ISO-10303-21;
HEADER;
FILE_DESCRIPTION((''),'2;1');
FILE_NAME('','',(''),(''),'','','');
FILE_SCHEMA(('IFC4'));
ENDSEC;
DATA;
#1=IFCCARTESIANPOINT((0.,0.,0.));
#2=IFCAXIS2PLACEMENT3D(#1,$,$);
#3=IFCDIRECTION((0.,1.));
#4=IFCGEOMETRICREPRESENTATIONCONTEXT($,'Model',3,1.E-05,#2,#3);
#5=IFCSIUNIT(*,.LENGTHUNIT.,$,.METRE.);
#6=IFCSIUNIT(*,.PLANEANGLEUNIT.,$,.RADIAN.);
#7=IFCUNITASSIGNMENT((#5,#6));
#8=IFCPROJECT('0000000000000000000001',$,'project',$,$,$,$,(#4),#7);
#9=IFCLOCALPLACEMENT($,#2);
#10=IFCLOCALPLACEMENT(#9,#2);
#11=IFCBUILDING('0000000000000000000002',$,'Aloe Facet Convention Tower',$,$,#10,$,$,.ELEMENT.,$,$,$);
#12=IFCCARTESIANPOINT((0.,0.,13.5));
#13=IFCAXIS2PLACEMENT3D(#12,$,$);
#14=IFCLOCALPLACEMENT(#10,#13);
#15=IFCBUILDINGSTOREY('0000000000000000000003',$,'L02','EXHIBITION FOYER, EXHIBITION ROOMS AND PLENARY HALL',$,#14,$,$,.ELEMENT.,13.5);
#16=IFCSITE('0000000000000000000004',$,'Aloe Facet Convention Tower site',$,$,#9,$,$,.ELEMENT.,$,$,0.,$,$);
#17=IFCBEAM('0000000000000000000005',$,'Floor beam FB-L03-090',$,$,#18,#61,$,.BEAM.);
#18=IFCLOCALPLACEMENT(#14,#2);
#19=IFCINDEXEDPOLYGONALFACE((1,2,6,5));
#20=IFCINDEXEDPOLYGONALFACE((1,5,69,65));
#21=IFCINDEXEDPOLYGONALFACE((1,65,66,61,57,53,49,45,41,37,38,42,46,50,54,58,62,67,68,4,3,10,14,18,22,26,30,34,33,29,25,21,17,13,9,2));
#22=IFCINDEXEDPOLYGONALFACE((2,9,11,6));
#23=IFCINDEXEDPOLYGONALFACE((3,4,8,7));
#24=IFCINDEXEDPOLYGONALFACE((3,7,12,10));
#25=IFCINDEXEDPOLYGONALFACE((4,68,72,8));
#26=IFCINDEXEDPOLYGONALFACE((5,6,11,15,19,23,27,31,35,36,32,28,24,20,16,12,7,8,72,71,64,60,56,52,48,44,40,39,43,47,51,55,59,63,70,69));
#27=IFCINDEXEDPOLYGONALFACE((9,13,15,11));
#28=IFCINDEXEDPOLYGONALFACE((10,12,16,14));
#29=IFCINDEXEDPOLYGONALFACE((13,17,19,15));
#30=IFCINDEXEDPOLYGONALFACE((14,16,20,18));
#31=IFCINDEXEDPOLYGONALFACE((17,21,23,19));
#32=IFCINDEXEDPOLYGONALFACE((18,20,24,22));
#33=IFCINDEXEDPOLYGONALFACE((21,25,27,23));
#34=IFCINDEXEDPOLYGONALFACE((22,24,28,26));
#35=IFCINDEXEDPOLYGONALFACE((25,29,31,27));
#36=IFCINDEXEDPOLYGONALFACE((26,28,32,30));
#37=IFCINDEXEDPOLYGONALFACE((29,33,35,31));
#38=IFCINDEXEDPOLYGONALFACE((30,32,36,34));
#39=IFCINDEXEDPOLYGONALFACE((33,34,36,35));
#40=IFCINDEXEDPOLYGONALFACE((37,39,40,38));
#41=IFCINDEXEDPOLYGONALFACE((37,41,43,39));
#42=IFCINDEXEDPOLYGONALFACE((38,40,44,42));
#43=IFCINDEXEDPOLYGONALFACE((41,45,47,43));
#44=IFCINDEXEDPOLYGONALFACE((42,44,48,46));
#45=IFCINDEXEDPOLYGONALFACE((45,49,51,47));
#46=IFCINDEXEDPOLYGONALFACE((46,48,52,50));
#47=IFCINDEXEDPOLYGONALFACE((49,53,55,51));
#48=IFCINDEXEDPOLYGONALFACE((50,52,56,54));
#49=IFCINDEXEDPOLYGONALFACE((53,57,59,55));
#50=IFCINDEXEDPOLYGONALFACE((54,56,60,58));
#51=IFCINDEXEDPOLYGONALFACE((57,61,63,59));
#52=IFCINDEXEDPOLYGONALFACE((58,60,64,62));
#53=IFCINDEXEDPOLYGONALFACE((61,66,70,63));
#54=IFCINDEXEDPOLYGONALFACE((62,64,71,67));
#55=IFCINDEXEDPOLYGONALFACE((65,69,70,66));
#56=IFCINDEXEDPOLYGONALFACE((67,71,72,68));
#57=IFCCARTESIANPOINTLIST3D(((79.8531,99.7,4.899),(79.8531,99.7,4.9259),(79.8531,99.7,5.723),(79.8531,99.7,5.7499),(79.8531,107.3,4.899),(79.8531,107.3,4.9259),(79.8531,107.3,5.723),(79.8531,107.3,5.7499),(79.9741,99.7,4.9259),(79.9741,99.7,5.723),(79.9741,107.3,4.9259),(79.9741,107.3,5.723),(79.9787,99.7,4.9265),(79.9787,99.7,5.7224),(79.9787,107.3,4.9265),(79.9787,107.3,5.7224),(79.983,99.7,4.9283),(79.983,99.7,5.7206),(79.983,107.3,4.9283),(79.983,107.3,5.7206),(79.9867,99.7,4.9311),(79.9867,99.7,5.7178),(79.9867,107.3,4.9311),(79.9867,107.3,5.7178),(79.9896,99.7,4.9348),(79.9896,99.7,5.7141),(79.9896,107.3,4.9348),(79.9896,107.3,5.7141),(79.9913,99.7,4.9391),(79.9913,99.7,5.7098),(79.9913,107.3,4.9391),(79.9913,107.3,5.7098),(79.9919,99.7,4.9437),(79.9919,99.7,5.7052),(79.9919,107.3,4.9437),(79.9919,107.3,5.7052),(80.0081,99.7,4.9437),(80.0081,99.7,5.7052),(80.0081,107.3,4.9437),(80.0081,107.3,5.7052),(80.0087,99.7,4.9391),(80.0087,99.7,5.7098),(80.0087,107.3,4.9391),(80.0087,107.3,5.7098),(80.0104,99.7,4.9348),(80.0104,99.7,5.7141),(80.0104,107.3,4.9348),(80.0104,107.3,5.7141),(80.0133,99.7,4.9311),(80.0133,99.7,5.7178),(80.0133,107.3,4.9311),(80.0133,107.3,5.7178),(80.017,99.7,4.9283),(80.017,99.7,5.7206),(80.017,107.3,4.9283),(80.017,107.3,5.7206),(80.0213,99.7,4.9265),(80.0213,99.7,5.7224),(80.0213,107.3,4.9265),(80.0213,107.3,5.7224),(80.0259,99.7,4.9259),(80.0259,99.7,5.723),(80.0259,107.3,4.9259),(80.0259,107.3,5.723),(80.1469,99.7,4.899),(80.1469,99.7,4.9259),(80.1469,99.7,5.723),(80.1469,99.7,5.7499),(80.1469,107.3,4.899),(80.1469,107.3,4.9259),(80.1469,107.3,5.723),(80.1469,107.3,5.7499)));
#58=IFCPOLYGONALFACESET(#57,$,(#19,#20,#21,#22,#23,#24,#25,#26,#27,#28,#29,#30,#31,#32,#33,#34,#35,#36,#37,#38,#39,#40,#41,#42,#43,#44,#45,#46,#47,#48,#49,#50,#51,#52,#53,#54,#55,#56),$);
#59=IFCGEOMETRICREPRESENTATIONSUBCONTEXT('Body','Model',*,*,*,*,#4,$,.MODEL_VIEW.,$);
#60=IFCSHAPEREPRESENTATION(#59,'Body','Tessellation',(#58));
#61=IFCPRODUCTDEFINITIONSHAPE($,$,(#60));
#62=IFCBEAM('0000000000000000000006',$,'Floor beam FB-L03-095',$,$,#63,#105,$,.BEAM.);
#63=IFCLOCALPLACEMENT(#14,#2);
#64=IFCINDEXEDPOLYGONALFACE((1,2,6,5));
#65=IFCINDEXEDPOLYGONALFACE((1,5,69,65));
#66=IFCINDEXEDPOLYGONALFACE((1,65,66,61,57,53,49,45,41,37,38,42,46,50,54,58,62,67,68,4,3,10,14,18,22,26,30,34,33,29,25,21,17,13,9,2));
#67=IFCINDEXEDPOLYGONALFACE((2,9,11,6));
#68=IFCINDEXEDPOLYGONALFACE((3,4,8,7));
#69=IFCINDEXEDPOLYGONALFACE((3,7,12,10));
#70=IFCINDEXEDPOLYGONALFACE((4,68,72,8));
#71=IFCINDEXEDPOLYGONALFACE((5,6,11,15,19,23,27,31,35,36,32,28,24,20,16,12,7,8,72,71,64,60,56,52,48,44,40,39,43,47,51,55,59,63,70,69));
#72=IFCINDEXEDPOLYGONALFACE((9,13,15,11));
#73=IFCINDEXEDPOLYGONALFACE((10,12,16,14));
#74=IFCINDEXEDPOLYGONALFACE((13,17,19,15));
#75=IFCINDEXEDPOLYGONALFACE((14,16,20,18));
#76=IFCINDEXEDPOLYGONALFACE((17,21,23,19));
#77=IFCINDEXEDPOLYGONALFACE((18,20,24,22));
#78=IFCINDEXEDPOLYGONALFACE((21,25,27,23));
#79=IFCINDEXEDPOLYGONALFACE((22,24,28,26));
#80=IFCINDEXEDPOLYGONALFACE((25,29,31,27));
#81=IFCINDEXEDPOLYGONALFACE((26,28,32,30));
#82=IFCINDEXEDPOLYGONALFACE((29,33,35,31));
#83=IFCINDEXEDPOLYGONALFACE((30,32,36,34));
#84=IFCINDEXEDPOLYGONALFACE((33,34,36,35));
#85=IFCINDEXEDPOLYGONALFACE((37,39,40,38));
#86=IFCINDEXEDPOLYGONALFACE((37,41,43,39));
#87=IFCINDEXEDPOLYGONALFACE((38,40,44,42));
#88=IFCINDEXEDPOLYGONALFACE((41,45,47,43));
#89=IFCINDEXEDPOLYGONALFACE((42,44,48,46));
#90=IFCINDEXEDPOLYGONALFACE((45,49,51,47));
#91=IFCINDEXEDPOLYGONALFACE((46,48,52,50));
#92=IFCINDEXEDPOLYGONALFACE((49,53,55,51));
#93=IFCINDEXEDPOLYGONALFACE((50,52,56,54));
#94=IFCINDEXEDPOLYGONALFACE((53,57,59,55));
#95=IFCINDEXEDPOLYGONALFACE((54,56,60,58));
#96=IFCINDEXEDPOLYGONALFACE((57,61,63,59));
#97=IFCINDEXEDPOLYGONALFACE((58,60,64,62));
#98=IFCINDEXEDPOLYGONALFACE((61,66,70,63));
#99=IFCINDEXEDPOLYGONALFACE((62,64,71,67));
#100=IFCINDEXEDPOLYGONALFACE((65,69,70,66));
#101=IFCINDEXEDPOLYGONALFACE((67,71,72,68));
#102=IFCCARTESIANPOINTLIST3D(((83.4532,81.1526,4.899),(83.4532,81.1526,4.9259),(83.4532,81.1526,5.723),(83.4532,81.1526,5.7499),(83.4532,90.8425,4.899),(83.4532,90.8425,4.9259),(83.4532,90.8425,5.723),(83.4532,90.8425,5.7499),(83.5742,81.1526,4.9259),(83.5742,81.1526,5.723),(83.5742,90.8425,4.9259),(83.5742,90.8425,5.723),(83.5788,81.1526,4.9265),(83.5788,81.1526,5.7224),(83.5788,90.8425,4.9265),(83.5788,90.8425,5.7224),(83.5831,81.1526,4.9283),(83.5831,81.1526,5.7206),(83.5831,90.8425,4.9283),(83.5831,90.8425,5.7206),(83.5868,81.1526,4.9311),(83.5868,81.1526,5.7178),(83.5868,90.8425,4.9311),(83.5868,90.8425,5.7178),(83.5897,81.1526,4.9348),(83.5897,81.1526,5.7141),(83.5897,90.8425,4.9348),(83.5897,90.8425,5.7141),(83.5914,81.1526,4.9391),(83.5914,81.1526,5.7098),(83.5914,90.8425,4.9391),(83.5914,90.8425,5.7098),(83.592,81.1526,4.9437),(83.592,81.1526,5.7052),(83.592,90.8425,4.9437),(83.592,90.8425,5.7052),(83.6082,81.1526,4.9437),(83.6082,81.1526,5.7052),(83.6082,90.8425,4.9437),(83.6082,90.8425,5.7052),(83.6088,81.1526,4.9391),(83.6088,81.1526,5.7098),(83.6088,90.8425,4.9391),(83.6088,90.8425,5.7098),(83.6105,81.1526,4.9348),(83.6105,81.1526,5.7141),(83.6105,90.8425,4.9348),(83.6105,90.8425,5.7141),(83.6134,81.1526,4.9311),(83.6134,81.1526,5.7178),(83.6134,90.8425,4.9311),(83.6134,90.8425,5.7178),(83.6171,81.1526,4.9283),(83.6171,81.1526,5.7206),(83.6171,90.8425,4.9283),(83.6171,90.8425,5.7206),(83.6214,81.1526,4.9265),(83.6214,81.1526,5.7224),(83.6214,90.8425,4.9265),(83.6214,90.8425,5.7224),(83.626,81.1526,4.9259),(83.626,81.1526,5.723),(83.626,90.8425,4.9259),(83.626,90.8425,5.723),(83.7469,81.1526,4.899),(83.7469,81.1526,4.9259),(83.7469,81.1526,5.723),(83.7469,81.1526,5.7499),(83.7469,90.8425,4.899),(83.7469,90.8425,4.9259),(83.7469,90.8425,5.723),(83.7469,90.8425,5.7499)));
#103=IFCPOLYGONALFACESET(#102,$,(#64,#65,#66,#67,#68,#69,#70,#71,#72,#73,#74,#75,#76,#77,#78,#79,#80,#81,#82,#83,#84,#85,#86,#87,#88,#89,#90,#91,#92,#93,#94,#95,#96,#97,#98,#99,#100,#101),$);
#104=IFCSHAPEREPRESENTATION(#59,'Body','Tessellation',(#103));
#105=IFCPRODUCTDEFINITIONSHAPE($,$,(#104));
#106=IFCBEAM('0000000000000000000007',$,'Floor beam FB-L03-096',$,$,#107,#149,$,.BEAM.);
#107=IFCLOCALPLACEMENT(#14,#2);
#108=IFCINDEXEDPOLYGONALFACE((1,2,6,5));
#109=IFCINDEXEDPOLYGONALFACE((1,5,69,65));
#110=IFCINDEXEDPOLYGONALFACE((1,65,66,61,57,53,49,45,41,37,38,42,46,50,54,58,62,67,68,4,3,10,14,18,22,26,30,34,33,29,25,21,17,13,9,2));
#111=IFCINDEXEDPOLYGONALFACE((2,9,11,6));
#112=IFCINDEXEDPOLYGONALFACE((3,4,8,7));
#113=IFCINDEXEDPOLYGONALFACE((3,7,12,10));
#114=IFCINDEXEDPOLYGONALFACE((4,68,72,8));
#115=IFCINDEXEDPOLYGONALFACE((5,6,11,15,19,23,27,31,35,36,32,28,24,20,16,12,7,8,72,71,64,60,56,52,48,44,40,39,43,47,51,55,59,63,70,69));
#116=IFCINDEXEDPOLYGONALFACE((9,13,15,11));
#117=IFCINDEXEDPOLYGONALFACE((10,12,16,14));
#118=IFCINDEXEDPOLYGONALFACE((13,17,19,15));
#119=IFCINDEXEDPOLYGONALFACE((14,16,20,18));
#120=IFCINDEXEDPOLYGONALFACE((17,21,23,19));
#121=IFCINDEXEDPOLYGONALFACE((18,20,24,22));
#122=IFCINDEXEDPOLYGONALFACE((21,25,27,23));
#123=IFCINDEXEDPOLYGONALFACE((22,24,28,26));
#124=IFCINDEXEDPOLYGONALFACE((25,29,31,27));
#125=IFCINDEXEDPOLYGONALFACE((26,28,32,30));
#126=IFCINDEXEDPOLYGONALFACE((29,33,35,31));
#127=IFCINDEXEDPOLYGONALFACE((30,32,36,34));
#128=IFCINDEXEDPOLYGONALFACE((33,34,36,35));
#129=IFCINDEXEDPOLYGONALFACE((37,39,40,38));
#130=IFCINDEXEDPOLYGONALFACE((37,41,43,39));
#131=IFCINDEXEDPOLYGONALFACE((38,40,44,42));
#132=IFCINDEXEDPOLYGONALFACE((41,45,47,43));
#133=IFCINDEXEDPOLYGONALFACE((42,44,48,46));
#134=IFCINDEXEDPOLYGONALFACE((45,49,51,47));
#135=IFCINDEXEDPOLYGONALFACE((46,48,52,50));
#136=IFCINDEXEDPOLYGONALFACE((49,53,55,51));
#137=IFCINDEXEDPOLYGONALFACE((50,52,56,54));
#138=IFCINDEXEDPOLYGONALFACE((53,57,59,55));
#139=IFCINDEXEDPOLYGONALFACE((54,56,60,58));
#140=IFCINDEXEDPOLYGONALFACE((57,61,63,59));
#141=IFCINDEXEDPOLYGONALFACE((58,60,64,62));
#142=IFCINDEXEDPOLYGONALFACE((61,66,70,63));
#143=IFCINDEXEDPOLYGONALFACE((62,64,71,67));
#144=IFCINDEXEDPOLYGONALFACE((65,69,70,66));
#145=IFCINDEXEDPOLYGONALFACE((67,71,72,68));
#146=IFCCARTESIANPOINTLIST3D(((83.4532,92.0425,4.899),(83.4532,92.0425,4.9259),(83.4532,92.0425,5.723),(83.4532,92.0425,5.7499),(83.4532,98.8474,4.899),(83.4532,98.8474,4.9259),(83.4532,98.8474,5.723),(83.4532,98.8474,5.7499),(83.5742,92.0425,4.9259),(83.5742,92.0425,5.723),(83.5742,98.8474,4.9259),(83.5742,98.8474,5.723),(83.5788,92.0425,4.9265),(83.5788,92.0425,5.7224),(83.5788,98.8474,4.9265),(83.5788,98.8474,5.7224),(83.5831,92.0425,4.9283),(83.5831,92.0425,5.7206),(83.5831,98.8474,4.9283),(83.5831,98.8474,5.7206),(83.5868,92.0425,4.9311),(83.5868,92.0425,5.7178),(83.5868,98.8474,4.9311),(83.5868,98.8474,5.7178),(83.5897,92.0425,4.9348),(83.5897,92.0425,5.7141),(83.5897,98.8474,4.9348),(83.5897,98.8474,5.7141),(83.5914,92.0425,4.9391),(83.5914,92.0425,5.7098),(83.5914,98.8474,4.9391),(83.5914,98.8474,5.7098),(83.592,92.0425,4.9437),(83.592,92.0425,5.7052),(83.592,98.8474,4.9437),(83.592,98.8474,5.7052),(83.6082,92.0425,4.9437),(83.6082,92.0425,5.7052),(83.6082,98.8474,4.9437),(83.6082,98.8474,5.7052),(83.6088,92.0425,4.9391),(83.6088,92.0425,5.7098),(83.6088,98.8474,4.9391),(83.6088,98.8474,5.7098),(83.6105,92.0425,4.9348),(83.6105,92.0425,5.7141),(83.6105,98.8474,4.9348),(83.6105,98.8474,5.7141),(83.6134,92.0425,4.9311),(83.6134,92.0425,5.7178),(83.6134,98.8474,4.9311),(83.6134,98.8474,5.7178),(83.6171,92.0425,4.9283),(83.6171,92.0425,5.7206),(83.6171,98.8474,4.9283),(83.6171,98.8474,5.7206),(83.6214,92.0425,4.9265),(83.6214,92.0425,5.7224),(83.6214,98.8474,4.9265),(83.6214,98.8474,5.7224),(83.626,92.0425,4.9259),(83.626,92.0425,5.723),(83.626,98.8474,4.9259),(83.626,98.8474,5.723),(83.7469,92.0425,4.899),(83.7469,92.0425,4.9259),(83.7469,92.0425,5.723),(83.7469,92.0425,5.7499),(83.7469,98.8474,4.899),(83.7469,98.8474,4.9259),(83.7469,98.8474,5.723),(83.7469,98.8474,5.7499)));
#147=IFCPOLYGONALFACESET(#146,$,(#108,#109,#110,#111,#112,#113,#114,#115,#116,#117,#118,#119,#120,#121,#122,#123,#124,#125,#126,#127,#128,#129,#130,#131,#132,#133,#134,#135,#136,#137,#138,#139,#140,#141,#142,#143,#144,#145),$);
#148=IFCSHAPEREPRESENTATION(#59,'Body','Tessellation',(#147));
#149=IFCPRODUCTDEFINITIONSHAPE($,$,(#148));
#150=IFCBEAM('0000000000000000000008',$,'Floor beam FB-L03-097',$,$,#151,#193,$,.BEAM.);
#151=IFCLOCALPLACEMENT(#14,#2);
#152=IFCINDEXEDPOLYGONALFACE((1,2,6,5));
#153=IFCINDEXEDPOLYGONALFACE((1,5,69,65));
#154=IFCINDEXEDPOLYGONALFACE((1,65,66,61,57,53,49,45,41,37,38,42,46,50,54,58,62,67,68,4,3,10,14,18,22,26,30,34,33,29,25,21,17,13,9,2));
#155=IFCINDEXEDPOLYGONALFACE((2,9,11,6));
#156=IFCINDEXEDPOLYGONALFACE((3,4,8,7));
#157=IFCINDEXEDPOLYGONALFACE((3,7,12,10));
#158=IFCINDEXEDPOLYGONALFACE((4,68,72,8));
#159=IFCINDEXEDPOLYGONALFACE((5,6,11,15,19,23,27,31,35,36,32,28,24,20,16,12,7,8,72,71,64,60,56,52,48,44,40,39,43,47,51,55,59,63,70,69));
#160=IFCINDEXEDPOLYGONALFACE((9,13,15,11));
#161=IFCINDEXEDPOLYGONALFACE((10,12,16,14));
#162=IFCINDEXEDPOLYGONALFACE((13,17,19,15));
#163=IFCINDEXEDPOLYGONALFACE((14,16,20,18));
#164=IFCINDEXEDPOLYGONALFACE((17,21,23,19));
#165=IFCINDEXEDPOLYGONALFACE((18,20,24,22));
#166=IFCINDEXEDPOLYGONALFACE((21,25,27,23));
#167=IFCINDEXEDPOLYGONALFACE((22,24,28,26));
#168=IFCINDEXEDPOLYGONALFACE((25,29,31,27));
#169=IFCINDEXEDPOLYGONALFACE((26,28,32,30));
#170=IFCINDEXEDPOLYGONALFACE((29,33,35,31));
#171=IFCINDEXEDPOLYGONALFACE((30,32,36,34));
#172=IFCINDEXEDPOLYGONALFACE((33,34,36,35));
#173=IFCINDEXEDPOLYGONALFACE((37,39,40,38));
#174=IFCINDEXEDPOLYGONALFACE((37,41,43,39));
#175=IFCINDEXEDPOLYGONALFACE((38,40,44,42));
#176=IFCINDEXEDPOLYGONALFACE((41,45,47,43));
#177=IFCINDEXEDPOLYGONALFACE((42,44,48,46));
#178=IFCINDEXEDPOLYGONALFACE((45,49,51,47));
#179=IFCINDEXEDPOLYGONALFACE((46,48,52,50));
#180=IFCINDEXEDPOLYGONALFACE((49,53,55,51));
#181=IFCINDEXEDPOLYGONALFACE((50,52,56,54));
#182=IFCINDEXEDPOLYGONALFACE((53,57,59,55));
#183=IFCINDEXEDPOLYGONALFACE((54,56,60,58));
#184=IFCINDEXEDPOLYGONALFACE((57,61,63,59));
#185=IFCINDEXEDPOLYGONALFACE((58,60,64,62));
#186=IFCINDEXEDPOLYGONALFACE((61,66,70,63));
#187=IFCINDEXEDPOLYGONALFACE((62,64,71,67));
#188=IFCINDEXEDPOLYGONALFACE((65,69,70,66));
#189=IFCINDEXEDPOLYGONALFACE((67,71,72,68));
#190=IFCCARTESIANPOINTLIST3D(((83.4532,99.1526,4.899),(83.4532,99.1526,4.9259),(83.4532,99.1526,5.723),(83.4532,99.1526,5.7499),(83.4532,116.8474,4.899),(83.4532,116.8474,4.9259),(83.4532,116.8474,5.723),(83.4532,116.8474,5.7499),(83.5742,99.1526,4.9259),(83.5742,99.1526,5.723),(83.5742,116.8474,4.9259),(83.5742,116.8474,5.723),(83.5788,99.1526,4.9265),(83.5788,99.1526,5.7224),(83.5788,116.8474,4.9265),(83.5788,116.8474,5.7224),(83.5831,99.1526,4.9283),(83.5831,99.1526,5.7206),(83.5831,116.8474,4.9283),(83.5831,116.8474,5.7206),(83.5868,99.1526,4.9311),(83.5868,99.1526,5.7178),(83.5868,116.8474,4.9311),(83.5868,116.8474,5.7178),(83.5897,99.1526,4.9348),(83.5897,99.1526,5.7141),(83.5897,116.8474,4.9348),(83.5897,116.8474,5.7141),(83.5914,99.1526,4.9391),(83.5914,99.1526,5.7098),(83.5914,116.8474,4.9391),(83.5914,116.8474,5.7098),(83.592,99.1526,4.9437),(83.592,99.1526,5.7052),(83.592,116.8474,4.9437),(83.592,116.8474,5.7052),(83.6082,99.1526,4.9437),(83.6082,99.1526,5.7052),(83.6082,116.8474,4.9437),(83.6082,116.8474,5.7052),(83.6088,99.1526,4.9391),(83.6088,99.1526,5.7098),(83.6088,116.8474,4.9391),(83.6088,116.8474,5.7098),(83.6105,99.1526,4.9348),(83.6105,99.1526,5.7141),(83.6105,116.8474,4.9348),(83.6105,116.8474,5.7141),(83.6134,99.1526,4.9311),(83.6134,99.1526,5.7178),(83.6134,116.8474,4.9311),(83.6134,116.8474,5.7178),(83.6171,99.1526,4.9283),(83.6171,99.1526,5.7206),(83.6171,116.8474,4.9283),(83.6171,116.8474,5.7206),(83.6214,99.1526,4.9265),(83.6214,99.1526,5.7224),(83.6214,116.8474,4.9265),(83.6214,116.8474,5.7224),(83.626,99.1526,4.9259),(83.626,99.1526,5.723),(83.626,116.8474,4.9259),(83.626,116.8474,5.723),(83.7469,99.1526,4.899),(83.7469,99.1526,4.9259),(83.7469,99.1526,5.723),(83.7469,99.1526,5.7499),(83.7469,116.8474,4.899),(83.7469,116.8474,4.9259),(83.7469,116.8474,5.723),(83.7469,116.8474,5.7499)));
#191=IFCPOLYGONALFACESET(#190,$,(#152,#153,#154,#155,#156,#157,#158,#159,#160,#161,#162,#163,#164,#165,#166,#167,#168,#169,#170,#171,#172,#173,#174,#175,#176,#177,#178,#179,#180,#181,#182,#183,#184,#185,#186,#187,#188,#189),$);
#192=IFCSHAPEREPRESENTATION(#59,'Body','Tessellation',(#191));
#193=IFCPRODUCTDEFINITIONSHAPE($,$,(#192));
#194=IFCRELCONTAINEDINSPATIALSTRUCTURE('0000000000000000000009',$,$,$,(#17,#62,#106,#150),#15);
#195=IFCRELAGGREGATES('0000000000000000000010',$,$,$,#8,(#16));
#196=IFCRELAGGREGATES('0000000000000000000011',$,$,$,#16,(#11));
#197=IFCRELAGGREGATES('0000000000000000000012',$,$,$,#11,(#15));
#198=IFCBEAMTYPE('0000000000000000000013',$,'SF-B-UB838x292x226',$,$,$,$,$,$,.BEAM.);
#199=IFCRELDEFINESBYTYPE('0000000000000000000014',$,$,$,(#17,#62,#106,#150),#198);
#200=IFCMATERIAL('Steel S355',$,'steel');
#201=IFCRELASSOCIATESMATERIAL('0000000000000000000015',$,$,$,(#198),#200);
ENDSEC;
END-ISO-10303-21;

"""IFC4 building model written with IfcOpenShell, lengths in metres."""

from ifc_helpers import new_model, si_unit, direction, frame, origin, origin_2d, place, context, subcontext, project, spatial, i_section, extrude, material, material_profile, profile_set, type_object, element, save


model = new_model("IFC4")

# Units and contexts
model_context = context("Model", 3, precision=1e-05, world=origin(), true_north=direction((0.0, 1.0)))
body_context = subcontext(model_context, "Body", "Model", "MODEL_VIEW")
ifc_project = project(units=[si_unit("LENGTHUNIT", "METRE"), si_unit("PLANEANGLEUNIT", "RADIAN")], contexts=[model_context])

# Site, building, storey
site_placement = place(None, origin())
site = spatial("IfcSite", under=ifc_project, at=site_placement, Name="Aloe Facet Convention Tower site", CompositionType="ELEMENT", RefElevation=0.0)
building_placement = place(site_placement, origin())
building = spatial("IfcBuilding", under=site, at=building_placement, Name="Aloe Facet Convention Tower", CompositionType="ELEMENT")
storey_placement = place(building_placement, frame((0.0, 0.0, 13.5)))
storey = spatial("IfcBuildingStorey", under=building, at=storey_placement, Name="L02", Description="EXHIBITION FOYER, EXHIBITION ROOMS AND PLENARY HALL", CompositionType="ELEMENT", Elevation=13.5)

# Beams
ifc_material_1 = material(Name="Steel S355", Category="steel")
ifc_material_profile_1 = material_profile(ifc_material_1, i_section(OverallWidth=0.2937, OverallDepth=0.8508, WebThickness=0.0161, FlangeThickness=0.0269, FilletRadius=0.0178, at=origin_2d()), Name="UB 838x292x226")
ifc_profile_set_1 = profile_set([ifc_material_profile_1], Name="Steel S355")
beam_type_1 = type_object("IfcBeamType", Name="SF-B-UB838x292x226", PredefinedType="BEAM", material=ifc_profile_set_1)
beam_1_placement = place(storey_placement, frame((80.0, 99.7, 5.3245), z_axis=(0.0, 1.0, 0.0), x_axis=(-1.0, 0.0, 0.0)))
element("IfcBeam", 1, at=beam_1_placement, inside=storey, type_object=beam_type_1, Name="Floor beam FB-L03-090", PredefinedType="BEAM", context=body_context, shape_type="SweptSolid", body=[
    extrude(i_section(OverallWidth=0.2937, OverallDepth=0.8508, WebThickness=0.0161, FlangeThickness=0.0269, FilletRadius=0.0178, at=origin_2d()), origin(), (0.0, 0.0, 1.0), 7.6001),
])
beam_2_placement = place(storey_placement, frame((83.6001, 81.1526, 5.3245), z_axis=(0.0, 1.0, 0.0), x_axis=(-1.0, 0.0, 0.0)))
element("IfcBeam", 2, at=beam_2_placement, inside=storey, type_object=beam_type_1, Name="Floor beam FB-L03-095", PredefinedType="BEAM", context=body_context, shape_type="SweptSolid", body=[
    extrude(i_section(OverallWidth=0.2937, OverallDepth=0.8508, WebThickness=0.0161, FlangeThickness=0.0269, FilletRadius=0.0178, at=origin_2d()), origin(), (0.0, 0.0, 1.0), 9.6899),
])
beam_3_placement = place(storey_placement, frame((83.6001, 92.0425, 5.3245), z_axis=(0.0, 1.0, 0.0), x_axis=(-1.0, 0.0, 0.0)))
element("IfcBeam", 3, at=beam_3_placement, inside=storey, type_object=beam_type_1, Name="Floor beam FB-L03-096", PredefinedType="BEAM", context=body_context, shape_type="SweptSolid", body=[
    extrude(i_section(OverallWidth=0.2937, OverallDepth=0.8508, WebThickness=0.0161, FlangeThickness=0.0269, FilletRadius=0.0178, at=origin_2d()), origin(), (0.0, 0.0, 1.0), 6.8049),
])
for number, where, z_axis, x_axis, name in (
    (4, (83.6001, 99.1526, 5.3245), (0.0, 1.0, 0.0), (-1.0, 0.0, 0.0), "Floor beam FB-L03-097"),
):
    element("IfcBeam", number, at=place(storey_placement, frame(where, z_axis=z_axis, x_axis=x_axis)), inside=storey, type_object=beam_type_1, Name=name, PredefinedType="BEAM", context=body_context, shape_type="SweptSolid", body=[
        extrude(i_section(OverallWidth=0.2937, OverallDepth=0.8508, WebThickness=0.0161, FlangeThickness=0.0269, FilletRadius=0.0178, at=origin_2d()), origin(), (0.0, 0.0, 1.0), 17.6948),
    ])

save(model, "model.ifc")
